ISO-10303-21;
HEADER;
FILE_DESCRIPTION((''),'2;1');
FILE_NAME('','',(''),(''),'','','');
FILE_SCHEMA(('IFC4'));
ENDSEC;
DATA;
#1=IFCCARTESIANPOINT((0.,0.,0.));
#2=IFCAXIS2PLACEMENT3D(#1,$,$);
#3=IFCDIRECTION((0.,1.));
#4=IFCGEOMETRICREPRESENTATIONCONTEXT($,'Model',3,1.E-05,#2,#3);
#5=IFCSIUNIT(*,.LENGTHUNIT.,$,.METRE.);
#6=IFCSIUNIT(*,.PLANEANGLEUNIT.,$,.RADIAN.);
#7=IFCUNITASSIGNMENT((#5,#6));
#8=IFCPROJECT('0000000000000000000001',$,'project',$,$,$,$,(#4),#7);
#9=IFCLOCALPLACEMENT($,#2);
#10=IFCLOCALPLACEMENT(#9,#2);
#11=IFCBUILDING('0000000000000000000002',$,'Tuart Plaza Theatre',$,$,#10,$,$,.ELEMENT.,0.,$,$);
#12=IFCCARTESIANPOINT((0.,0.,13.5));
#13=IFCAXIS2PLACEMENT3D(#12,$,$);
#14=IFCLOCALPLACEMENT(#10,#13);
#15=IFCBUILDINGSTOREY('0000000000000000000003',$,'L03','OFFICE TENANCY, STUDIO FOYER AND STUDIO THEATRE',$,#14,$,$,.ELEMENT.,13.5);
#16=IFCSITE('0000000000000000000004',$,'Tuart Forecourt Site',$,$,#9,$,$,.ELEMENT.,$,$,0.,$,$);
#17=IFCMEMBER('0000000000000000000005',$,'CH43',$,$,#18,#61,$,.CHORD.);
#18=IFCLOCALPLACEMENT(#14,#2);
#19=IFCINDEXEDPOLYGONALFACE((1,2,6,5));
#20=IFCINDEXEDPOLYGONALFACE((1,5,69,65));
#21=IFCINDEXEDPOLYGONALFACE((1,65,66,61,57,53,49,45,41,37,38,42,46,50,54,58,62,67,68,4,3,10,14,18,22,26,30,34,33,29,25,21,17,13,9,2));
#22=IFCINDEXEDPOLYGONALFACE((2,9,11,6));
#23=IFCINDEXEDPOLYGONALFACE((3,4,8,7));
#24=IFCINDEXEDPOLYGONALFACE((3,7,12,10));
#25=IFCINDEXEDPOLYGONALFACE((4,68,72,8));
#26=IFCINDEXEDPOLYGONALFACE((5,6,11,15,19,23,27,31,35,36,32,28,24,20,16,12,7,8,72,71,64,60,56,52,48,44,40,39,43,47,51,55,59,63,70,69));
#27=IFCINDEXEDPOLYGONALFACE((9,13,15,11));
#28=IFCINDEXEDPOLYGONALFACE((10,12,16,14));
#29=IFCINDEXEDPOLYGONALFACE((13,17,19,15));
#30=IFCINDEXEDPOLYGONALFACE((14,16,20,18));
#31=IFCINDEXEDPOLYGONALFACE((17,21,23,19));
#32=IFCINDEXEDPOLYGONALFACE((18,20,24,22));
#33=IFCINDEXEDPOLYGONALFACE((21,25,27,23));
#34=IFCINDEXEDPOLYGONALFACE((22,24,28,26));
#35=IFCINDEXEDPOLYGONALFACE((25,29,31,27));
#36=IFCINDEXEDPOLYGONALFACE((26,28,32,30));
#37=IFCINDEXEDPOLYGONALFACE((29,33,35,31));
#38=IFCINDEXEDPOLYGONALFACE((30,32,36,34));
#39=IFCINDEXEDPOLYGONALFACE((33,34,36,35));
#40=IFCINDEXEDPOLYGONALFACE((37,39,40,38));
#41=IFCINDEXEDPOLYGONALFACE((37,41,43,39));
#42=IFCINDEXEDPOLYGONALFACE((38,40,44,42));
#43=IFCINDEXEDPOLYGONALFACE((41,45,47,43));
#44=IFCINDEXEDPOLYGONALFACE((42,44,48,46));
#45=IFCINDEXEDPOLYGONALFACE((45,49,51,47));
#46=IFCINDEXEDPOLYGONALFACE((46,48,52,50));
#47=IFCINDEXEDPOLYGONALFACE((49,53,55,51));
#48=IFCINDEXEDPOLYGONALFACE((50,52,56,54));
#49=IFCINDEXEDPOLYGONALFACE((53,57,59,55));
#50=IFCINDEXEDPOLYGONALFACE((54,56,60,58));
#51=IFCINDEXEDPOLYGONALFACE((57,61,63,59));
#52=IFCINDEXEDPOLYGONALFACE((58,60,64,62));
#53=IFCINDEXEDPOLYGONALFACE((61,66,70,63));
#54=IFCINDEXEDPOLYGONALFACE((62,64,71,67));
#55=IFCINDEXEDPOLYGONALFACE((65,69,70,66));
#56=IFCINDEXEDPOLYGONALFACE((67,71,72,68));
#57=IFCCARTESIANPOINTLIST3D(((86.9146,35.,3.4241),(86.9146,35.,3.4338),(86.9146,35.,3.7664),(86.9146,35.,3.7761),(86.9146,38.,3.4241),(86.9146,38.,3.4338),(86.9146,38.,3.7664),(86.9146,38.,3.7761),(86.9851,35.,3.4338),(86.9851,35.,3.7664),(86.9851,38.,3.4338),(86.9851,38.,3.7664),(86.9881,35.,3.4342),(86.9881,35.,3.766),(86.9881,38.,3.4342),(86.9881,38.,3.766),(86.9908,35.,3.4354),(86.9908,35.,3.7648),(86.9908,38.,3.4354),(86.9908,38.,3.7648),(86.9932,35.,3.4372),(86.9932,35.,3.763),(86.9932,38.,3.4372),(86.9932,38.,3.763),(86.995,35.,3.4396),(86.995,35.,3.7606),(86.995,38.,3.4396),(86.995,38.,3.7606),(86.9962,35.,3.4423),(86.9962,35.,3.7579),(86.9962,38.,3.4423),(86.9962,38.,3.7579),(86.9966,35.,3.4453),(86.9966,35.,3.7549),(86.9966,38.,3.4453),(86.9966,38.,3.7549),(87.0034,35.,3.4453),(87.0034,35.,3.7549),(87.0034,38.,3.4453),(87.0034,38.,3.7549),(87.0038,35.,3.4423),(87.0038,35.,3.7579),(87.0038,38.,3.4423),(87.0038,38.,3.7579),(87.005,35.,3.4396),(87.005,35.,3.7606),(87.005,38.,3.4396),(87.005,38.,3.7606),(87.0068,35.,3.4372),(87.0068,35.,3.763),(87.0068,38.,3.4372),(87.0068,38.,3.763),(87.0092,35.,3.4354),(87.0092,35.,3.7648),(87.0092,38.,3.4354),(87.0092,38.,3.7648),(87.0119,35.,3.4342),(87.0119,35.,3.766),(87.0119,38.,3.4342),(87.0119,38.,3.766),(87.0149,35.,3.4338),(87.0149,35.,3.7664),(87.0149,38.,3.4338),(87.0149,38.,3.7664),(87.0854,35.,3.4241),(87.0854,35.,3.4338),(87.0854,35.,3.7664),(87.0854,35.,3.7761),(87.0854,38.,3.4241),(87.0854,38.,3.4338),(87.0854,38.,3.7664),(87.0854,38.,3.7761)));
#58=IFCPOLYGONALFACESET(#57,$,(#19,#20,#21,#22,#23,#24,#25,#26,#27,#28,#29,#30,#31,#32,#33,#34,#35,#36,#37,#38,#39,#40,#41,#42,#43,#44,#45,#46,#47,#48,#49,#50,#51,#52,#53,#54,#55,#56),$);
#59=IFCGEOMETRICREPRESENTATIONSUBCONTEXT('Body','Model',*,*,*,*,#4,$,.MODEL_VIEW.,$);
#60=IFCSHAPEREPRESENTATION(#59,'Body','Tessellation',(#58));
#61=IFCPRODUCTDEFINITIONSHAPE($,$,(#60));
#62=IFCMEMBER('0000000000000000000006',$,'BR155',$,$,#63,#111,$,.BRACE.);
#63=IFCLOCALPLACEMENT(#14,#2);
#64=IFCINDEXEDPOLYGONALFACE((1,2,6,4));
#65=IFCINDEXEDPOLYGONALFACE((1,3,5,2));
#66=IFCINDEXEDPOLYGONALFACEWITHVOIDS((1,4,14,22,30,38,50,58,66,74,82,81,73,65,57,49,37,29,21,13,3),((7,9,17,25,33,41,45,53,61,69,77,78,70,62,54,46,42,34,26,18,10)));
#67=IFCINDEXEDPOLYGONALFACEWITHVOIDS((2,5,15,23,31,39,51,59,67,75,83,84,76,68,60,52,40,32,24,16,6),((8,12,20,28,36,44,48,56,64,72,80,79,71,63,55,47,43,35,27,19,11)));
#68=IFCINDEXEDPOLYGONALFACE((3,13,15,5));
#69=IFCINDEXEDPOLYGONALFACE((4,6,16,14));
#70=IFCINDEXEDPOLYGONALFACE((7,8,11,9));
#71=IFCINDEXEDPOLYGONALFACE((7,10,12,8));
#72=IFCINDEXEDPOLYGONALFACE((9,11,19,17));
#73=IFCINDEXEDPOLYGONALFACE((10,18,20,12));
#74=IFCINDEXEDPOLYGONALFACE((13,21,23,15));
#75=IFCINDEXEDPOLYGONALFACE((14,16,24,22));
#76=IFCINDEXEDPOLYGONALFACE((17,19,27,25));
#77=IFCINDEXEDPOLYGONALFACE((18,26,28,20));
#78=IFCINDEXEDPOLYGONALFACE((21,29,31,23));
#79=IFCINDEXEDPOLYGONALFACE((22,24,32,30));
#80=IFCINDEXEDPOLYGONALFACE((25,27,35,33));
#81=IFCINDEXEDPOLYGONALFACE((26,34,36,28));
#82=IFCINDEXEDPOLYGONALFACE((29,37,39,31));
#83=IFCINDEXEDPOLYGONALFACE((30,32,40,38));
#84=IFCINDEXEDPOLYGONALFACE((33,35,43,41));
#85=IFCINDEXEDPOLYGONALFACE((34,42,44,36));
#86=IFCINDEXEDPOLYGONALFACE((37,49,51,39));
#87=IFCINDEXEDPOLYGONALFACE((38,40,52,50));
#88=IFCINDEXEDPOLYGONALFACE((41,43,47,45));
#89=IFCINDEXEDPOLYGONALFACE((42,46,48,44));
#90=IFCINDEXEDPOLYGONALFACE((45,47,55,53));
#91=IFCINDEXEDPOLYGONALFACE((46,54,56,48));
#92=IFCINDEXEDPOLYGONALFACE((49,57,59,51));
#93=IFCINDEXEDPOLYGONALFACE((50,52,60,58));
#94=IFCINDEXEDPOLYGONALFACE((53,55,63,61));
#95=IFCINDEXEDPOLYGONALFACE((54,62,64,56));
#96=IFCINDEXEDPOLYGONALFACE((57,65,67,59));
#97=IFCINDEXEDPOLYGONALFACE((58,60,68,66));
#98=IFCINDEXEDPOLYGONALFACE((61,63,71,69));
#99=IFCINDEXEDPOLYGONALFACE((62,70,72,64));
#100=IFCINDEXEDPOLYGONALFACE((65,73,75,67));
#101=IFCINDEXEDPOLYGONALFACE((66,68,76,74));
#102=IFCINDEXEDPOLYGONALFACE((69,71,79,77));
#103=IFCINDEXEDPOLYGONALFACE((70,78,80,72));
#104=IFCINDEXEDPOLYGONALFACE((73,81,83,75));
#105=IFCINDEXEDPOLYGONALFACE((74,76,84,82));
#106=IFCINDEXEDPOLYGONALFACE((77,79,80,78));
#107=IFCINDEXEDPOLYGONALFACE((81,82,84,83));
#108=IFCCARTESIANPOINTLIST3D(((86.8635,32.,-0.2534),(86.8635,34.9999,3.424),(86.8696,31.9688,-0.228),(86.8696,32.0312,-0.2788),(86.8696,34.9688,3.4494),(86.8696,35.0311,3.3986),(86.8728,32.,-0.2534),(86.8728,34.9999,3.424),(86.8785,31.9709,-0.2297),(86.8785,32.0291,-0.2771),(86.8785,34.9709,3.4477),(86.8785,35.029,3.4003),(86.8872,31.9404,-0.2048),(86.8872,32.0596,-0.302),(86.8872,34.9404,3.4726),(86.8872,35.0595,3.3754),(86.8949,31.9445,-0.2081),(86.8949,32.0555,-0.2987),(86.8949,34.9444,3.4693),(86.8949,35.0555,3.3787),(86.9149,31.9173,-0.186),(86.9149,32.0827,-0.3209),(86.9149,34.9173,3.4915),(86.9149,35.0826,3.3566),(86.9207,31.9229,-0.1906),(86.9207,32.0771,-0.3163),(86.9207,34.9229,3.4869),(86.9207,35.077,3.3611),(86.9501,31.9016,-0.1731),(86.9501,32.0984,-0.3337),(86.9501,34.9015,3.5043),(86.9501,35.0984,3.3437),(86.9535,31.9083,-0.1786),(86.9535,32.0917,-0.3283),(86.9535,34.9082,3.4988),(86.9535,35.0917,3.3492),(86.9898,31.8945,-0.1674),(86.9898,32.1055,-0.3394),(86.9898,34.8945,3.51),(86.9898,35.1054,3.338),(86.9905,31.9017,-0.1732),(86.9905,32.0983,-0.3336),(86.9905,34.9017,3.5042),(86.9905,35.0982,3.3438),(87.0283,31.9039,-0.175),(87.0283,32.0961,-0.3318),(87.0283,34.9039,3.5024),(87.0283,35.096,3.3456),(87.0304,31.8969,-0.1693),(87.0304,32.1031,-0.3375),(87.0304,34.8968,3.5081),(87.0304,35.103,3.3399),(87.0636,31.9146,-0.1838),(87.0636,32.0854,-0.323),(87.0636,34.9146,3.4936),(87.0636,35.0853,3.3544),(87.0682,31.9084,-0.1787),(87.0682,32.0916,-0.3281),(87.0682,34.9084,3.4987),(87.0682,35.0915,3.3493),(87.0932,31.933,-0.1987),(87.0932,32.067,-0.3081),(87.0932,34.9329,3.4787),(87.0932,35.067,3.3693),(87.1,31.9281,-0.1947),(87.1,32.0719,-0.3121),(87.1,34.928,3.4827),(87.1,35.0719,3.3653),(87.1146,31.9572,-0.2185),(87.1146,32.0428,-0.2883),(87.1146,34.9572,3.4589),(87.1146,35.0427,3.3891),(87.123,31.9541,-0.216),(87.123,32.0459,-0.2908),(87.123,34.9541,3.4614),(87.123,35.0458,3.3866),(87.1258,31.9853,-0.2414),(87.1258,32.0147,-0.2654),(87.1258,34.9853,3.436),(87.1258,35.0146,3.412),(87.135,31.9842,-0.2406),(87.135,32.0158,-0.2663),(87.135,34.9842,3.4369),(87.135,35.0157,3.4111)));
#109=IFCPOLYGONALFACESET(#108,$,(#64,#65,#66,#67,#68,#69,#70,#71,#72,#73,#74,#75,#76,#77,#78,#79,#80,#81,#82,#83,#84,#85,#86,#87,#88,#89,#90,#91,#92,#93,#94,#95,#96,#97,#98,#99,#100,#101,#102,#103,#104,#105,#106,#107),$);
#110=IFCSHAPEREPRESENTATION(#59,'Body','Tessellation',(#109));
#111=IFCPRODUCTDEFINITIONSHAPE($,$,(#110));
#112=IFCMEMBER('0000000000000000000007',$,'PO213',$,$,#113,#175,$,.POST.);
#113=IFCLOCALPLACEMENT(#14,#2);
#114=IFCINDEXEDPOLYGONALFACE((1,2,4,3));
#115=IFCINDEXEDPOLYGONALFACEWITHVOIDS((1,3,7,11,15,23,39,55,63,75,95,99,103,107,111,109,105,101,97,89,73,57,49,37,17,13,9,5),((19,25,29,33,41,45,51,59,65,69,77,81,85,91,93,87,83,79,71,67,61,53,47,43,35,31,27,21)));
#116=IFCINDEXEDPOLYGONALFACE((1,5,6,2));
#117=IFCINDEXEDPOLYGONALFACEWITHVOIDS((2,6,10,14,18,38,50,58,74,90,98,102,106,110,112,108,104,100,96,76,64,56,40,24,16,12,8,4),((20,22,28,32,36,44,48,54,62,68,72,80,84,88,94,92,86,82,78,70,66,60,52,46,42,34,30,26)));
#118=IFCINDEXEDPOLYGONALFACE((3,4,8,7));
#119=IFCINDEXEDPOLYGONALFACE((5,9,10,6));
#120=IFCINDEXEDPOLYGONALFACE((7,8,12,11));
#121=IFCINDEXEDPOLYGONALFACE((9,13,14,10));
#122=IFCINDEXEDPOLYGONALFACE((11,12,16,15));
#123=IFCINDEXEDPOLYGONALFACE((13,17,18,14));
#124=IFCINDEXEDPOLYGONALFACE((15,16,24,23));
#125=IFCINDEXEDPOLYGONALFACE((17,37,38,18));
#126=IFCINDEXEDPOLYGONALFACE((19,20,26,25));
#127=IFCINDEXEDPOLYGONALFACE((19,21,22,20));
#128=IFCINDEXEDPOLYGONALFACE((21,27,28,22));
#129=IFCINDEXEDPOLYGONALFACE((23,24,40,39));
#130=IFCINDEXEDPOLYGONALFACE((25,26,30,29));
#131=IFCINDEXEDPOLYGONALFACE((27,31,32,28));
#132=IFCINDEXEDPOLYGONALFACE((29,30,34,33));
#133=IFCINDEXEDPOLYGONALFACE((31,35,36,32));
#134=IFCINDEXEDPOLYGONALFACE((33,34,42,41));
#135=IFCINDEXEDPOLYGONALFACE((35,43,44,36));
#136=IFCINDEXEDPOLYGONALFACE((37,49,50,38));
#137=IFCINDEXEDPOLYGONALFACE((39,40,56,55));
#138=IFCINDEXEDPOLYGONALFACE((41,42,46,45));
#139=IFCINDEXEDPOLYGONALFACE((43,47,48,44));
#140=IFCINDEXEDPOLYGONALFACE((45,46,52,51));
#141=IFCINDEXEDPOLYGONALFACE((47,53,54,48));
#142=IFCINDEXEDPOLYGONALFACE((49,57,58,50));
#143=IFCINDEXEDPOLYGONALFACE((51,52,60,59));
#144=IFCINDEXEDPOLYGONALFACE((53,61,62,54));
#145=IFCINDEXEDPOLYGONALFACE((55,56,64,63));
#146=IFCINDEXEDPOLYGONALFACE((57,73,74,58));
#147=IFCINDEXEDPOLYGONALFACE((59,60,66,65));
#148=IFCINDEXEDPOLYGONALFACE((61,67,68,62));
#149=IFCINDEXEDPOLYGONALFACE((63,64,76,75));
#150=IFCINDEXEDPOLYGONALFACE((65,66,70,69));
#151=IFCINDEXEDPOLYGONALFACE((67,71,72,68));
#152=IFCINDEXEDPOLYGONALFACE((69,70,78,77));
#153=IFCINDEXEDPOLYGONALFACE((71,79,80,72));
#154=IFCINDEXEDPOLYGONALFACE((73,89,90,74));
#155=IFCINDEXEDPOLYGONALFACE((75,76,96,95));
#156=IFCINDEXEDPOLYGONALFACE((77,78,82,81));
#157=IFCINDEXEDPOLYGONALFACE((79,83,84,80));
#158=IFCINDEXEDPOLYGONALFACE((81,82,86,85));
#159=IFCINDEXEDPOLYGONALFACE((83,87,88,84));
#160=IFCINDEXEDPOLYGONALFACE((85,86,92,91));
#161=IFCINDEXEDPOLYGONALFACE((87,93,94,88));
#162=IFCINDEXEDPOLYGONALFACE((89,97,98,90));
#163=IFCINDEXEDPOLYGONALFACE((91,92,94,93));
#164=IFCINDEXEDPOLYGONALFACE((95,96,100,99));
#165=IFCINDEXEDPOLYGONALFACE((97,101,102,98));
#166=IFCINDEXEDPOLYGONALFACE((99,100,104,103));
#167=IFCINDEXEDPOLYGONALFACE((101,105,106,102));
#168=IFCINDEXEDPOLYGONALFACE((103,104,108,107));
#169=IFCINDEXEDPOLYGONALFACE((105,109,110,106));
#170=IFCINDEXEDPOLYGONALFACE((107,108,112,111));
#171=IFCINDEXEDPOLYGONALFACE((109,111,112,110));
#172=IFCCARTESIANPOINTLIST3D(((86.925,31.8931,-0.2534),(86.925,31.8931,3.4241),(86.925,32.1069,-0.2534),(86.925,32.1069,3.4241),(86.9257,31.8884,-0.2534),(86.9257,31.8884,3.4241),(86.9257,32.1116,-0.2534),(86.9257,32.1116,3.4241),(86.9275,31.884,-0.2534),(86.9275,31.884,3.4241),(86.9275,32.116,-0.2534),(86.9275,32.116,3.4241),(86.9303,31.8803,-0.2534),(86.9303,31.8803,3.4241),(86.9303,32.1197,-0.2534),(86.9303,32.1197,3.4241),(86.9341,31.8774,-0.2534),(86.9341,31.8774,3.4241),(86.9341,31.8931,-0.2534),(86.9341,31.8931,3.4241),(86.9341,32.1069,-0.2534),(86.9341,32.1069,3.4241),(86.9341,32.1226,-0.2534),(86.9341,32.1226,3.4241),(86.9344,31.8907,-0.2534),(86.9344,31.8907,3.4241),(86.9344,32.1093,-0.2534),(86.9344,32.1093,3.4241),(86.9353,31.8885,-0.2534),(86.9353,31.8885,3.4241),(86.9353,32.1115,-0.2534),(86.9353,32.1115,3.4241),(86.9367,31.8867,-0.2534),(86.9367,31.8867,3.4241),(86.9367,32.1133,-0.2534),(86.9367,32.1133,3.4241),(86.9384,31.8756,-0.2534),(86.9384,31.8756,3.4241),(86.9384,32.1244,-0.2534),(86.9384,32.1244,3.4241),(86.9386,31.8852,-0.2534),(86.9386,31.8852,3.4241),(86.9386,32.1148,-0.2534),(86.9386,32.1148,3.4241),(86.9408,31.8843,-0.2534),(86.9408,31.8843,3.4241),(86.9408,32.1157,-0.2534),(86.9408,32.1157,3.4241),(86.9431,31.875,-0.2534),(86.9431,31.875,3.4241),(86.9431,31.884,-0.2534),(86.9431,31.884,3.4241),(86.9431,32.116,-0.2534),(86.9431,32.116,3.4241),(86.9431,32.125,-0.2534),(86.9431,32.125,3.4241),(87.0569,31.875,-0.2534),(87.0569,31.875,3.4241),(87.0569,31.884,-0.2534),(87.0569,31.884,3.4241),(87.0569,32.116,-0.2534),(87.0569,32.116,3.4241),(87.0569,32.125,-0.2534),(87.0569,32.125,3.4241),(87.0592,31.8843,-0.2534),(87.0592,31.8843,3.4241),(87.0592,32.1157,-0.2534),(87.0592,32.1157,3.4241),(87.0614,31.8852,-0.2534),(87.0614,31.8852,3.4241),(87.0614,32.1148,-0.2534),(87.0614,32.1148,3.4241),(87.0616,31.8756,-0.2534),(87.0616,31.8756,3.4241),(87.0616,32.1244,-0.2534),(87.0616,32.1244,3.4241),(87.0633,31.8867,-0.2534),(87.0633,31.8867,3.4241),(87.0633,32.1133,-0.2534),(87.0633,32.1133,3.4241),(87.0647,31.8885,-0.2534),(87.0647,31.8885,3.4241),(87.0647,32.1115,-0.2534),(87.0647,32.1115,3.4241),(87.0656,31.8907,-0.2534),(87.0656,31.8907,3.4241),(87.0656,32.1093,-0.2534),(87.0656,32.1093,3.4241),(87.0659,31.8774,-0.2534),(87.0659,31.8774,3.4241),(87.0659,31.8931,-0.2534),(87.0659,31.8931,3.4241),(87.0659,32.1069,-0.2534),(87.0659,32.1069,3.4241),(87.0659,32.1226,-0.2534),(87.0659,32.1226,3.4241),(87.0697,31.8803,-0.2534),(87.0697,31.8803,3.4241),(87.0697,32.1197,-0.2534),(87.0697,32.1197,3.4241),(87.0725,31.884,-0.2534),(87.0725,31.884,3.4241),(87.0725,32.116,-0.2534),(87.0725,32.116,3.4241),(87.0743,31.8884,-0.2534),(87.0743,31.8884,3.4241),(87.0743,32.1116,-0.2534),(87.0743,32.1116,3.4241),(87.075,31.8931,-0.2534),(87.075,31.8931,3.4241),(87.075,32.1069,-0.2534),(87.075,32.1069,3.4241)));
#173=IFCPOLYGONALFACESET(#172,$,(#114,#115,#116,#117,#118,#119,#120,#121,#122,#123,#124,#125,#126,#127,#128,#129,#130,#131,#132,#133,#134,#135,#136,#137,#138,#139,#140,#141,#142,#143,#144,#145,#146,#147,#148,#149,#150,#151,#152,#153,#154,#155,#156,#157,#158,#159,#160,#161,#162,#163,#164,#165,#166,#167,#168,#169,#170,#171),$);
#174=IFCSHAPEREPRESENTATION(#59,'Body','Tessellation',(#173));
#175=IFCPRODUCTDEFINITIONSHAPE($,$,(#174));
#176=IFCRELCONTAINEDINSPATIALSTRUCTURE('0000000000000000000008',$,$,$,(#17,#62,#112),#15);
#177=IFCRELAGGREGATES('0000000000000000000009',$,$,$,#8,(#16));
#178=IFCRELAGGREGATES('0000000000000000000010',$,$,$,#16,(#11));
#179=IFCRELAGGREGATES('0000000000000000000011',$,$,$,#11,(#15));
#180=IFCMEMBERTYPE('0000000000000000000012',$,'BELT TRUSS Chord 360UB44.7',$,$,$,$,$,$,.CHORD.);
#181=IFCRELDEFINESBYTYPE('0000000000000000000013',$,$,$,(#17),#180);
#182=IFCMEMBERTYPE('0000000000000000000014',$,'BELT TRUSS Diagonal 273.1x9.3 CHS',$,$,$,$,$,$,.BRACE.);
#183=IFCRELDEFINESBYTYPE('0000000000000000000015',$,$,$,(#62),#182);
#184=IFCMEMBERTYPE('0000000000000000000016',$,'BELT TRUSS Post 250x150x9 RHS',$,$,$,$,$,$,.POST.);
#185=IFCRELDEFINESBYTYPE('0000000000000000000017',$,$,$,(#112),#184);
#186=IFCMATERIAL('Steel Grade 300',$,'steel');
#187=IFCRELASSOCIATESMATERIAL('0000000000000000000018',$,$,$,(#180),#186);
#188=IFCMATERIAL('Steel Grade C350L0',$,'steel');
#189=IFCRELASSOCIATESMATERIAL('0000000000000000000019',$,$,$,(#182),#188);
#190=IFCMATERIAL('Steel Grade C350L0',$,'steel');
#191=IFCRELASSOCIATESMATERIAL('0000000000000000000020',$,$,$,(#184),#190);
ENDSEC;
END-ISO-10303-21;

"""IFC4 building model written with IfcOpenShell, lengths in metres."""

from ifc_helpers import new_model, si_unit, direction, frame, origin, origin_2d, place, context, subcontext, project, spatial, hollow_rectangle, hollow_circle, i_section, extrude, material, material_profile, profile_set, type_object, element, save


model = new_model("IFC4")

# Units and contexts
model_context = context("Model", 3, precision=1e-05, world=origin(), true_north=direction((0.0, 1.0)))
body_context = subcontext(model_context, "Body", "Model", "MODEL_VIEW")
ifc_project = project(units=[si_unit("LENGTHUNIT", "METRE"), si_unit("PLANEANGLEUNIT", "RADIAN")], contexts=[model_context])

# Site, building, storey
site_placement = place(None, origin())
site = spatial("IfcSite", under=ifc_project, at=site_placement, Name="Tuart Forecourt Site", CompositionType="ELEMENT", RefElevation=0.0)
building_placement = place(site_placement, origin())
building = spatial("IfcBuilding", under=site, at=building_placement, Name="Tuart Plaza Theatre", CompositionType="ELEMENT", ElevationOfRefHeight=0.0)
storey_placement = place(building_placement, frame((0.0, 0.0, 13.5)))
storey = spatial("IfcBuildingStorey", under=building, at=storey_placement, Name="L03", Description="OFFICE TENANCY, STUDIO FOYER AND STUDIO THEATRE", CompositionType="ELEMENT", Elevation=13.5)

# Members
ifc_material_1 = material(Name="Steel Grade 300", Category="steel")
ifc_material_profile_1 = material_profile(ifc_material_1, i_section(OverallWidth=0.1709, OverallDepth=0.3521, WebThickness=0.0068, FlangeThickness=0.0098, FilletRadius=0.0115, at=origin_2d()), Name="360UB44.7")
ifc_profile_set_1 = profile_set([ifc_material_profile_1], Name="Steel Grade 300")
member_type_1 = type_object("IfcMemberType", Name="BELT TRUSS Chord 360UB44.7", PredefinedType="CHORD", material=ifc_profile_set_1)
for number, where, z_axis, x_axis, name in (
    (1, (87.0, 35.0, 3.6001), (0.0, 1.0, 0.0), (-1.0, 0.0, 0.0), "CH43"),
):
    element("IfcMember", number, at=place(storey_placement, frame(where, z_axis=z_axis, x_axis=x_axis)), inside=storey, type_object=member_type_1, Name=name, PredefinedType="CHORD", context=body_context, shape_type="SweptSolid", body=[
        extrude(i_section(OverallWidth=0.1709, OverallDepth=0.3521, WebThickness=0.0068, FlangeThickness=0.0098, FilletRadius=0.0115, at=origin_2d()), origin(), (0.0, 0.0, 1.0), 3.0),
    ])
ifc_material_2 = material(Name="Steel Grade C350L0", Category="steel")
ifc_material_profile_2 = material_profile(ifc_material_2, hollow_circle(Radius=0.1365, WallThickness=0.0093, at=origin_2d()), Name="273.1x9.3 CHS")
ifc_profile_set_2 = profile_set([ifc_material_profile_2], Name="Steel Grade C350L0")
member_type_2 = type_object("IfcMemberType", Name="BELT TRUSS Diagonal 273.1x9.3 CHS", PredefinedType="BRACE", material=ifc_profile_set_2)
member_1_placement = place(storey_placement, frame((87.0, 32.0, -0.2534), z_axis=(0.0, 0.632119, 0.774871), x_axis=(-1.0, 0.0, 0.0)))
element("IfcMember", 2, at=member_1_placement, inside=storey, type_object=member_type_2, Name="BR155", PredefinedType="BRACE", context=body_context, shape_type="SweptSolid", body=[
    extrude(hollow_circle(Radius=0.1365, WallThickness=0.0093, at=origin_2d()), origin(), (0.0, 0.0, 1.0), 4.7458),
])
ifc_material_3 = material(Name="Steel Grade C350L0", Category="steel")
ifc_material_profile_3 = material_profile(ifc_material_3, hollow_rectangle(XDim=0.1499, YDim=0.25, WallThickness=0.009, InnerFilletRadius=0.009, OuterFilletRadius=0.0181, at=origin_2d()), Name="250x150x9 RHS")
ifc_profile_set_3 = profile_set([ifc_material_profile_3], Name="Steel Grade C350L0")
member_type_3 = type_object("IfcMemberType", Name="BELT TRUSS Post 250x150x9 RHS", PredefinedType="POST", material=ifc_profile_set_3)
for number, where, z_axis, x_axis, name in (
    (3, (87.0, 32.0, -0.2534), (0.0, 0.0, 1.0), (1.0, 0.0, 0.0), "PO213"),
):
    element("IfcMember", number, at=place(storey_placement, frame(where, z_axis=z_axis, x_axis=x_axis)), inside=storey, type_object=member_type_3, Name=name, PredefinedType="POST", context=body_context, shape_type="SweptSolid", body=[
        extrude(hollow_rectangle(XDim=0.1499, YDim=0.25, WallThickness=0.009, InnerFilletRadius=0.009, OuterFilletRadius=0.0181, at=origin_2d()), origin(), (0.0, 0.0, 1.0), 3.6775),
    ])

save(model, "model.ifc")
